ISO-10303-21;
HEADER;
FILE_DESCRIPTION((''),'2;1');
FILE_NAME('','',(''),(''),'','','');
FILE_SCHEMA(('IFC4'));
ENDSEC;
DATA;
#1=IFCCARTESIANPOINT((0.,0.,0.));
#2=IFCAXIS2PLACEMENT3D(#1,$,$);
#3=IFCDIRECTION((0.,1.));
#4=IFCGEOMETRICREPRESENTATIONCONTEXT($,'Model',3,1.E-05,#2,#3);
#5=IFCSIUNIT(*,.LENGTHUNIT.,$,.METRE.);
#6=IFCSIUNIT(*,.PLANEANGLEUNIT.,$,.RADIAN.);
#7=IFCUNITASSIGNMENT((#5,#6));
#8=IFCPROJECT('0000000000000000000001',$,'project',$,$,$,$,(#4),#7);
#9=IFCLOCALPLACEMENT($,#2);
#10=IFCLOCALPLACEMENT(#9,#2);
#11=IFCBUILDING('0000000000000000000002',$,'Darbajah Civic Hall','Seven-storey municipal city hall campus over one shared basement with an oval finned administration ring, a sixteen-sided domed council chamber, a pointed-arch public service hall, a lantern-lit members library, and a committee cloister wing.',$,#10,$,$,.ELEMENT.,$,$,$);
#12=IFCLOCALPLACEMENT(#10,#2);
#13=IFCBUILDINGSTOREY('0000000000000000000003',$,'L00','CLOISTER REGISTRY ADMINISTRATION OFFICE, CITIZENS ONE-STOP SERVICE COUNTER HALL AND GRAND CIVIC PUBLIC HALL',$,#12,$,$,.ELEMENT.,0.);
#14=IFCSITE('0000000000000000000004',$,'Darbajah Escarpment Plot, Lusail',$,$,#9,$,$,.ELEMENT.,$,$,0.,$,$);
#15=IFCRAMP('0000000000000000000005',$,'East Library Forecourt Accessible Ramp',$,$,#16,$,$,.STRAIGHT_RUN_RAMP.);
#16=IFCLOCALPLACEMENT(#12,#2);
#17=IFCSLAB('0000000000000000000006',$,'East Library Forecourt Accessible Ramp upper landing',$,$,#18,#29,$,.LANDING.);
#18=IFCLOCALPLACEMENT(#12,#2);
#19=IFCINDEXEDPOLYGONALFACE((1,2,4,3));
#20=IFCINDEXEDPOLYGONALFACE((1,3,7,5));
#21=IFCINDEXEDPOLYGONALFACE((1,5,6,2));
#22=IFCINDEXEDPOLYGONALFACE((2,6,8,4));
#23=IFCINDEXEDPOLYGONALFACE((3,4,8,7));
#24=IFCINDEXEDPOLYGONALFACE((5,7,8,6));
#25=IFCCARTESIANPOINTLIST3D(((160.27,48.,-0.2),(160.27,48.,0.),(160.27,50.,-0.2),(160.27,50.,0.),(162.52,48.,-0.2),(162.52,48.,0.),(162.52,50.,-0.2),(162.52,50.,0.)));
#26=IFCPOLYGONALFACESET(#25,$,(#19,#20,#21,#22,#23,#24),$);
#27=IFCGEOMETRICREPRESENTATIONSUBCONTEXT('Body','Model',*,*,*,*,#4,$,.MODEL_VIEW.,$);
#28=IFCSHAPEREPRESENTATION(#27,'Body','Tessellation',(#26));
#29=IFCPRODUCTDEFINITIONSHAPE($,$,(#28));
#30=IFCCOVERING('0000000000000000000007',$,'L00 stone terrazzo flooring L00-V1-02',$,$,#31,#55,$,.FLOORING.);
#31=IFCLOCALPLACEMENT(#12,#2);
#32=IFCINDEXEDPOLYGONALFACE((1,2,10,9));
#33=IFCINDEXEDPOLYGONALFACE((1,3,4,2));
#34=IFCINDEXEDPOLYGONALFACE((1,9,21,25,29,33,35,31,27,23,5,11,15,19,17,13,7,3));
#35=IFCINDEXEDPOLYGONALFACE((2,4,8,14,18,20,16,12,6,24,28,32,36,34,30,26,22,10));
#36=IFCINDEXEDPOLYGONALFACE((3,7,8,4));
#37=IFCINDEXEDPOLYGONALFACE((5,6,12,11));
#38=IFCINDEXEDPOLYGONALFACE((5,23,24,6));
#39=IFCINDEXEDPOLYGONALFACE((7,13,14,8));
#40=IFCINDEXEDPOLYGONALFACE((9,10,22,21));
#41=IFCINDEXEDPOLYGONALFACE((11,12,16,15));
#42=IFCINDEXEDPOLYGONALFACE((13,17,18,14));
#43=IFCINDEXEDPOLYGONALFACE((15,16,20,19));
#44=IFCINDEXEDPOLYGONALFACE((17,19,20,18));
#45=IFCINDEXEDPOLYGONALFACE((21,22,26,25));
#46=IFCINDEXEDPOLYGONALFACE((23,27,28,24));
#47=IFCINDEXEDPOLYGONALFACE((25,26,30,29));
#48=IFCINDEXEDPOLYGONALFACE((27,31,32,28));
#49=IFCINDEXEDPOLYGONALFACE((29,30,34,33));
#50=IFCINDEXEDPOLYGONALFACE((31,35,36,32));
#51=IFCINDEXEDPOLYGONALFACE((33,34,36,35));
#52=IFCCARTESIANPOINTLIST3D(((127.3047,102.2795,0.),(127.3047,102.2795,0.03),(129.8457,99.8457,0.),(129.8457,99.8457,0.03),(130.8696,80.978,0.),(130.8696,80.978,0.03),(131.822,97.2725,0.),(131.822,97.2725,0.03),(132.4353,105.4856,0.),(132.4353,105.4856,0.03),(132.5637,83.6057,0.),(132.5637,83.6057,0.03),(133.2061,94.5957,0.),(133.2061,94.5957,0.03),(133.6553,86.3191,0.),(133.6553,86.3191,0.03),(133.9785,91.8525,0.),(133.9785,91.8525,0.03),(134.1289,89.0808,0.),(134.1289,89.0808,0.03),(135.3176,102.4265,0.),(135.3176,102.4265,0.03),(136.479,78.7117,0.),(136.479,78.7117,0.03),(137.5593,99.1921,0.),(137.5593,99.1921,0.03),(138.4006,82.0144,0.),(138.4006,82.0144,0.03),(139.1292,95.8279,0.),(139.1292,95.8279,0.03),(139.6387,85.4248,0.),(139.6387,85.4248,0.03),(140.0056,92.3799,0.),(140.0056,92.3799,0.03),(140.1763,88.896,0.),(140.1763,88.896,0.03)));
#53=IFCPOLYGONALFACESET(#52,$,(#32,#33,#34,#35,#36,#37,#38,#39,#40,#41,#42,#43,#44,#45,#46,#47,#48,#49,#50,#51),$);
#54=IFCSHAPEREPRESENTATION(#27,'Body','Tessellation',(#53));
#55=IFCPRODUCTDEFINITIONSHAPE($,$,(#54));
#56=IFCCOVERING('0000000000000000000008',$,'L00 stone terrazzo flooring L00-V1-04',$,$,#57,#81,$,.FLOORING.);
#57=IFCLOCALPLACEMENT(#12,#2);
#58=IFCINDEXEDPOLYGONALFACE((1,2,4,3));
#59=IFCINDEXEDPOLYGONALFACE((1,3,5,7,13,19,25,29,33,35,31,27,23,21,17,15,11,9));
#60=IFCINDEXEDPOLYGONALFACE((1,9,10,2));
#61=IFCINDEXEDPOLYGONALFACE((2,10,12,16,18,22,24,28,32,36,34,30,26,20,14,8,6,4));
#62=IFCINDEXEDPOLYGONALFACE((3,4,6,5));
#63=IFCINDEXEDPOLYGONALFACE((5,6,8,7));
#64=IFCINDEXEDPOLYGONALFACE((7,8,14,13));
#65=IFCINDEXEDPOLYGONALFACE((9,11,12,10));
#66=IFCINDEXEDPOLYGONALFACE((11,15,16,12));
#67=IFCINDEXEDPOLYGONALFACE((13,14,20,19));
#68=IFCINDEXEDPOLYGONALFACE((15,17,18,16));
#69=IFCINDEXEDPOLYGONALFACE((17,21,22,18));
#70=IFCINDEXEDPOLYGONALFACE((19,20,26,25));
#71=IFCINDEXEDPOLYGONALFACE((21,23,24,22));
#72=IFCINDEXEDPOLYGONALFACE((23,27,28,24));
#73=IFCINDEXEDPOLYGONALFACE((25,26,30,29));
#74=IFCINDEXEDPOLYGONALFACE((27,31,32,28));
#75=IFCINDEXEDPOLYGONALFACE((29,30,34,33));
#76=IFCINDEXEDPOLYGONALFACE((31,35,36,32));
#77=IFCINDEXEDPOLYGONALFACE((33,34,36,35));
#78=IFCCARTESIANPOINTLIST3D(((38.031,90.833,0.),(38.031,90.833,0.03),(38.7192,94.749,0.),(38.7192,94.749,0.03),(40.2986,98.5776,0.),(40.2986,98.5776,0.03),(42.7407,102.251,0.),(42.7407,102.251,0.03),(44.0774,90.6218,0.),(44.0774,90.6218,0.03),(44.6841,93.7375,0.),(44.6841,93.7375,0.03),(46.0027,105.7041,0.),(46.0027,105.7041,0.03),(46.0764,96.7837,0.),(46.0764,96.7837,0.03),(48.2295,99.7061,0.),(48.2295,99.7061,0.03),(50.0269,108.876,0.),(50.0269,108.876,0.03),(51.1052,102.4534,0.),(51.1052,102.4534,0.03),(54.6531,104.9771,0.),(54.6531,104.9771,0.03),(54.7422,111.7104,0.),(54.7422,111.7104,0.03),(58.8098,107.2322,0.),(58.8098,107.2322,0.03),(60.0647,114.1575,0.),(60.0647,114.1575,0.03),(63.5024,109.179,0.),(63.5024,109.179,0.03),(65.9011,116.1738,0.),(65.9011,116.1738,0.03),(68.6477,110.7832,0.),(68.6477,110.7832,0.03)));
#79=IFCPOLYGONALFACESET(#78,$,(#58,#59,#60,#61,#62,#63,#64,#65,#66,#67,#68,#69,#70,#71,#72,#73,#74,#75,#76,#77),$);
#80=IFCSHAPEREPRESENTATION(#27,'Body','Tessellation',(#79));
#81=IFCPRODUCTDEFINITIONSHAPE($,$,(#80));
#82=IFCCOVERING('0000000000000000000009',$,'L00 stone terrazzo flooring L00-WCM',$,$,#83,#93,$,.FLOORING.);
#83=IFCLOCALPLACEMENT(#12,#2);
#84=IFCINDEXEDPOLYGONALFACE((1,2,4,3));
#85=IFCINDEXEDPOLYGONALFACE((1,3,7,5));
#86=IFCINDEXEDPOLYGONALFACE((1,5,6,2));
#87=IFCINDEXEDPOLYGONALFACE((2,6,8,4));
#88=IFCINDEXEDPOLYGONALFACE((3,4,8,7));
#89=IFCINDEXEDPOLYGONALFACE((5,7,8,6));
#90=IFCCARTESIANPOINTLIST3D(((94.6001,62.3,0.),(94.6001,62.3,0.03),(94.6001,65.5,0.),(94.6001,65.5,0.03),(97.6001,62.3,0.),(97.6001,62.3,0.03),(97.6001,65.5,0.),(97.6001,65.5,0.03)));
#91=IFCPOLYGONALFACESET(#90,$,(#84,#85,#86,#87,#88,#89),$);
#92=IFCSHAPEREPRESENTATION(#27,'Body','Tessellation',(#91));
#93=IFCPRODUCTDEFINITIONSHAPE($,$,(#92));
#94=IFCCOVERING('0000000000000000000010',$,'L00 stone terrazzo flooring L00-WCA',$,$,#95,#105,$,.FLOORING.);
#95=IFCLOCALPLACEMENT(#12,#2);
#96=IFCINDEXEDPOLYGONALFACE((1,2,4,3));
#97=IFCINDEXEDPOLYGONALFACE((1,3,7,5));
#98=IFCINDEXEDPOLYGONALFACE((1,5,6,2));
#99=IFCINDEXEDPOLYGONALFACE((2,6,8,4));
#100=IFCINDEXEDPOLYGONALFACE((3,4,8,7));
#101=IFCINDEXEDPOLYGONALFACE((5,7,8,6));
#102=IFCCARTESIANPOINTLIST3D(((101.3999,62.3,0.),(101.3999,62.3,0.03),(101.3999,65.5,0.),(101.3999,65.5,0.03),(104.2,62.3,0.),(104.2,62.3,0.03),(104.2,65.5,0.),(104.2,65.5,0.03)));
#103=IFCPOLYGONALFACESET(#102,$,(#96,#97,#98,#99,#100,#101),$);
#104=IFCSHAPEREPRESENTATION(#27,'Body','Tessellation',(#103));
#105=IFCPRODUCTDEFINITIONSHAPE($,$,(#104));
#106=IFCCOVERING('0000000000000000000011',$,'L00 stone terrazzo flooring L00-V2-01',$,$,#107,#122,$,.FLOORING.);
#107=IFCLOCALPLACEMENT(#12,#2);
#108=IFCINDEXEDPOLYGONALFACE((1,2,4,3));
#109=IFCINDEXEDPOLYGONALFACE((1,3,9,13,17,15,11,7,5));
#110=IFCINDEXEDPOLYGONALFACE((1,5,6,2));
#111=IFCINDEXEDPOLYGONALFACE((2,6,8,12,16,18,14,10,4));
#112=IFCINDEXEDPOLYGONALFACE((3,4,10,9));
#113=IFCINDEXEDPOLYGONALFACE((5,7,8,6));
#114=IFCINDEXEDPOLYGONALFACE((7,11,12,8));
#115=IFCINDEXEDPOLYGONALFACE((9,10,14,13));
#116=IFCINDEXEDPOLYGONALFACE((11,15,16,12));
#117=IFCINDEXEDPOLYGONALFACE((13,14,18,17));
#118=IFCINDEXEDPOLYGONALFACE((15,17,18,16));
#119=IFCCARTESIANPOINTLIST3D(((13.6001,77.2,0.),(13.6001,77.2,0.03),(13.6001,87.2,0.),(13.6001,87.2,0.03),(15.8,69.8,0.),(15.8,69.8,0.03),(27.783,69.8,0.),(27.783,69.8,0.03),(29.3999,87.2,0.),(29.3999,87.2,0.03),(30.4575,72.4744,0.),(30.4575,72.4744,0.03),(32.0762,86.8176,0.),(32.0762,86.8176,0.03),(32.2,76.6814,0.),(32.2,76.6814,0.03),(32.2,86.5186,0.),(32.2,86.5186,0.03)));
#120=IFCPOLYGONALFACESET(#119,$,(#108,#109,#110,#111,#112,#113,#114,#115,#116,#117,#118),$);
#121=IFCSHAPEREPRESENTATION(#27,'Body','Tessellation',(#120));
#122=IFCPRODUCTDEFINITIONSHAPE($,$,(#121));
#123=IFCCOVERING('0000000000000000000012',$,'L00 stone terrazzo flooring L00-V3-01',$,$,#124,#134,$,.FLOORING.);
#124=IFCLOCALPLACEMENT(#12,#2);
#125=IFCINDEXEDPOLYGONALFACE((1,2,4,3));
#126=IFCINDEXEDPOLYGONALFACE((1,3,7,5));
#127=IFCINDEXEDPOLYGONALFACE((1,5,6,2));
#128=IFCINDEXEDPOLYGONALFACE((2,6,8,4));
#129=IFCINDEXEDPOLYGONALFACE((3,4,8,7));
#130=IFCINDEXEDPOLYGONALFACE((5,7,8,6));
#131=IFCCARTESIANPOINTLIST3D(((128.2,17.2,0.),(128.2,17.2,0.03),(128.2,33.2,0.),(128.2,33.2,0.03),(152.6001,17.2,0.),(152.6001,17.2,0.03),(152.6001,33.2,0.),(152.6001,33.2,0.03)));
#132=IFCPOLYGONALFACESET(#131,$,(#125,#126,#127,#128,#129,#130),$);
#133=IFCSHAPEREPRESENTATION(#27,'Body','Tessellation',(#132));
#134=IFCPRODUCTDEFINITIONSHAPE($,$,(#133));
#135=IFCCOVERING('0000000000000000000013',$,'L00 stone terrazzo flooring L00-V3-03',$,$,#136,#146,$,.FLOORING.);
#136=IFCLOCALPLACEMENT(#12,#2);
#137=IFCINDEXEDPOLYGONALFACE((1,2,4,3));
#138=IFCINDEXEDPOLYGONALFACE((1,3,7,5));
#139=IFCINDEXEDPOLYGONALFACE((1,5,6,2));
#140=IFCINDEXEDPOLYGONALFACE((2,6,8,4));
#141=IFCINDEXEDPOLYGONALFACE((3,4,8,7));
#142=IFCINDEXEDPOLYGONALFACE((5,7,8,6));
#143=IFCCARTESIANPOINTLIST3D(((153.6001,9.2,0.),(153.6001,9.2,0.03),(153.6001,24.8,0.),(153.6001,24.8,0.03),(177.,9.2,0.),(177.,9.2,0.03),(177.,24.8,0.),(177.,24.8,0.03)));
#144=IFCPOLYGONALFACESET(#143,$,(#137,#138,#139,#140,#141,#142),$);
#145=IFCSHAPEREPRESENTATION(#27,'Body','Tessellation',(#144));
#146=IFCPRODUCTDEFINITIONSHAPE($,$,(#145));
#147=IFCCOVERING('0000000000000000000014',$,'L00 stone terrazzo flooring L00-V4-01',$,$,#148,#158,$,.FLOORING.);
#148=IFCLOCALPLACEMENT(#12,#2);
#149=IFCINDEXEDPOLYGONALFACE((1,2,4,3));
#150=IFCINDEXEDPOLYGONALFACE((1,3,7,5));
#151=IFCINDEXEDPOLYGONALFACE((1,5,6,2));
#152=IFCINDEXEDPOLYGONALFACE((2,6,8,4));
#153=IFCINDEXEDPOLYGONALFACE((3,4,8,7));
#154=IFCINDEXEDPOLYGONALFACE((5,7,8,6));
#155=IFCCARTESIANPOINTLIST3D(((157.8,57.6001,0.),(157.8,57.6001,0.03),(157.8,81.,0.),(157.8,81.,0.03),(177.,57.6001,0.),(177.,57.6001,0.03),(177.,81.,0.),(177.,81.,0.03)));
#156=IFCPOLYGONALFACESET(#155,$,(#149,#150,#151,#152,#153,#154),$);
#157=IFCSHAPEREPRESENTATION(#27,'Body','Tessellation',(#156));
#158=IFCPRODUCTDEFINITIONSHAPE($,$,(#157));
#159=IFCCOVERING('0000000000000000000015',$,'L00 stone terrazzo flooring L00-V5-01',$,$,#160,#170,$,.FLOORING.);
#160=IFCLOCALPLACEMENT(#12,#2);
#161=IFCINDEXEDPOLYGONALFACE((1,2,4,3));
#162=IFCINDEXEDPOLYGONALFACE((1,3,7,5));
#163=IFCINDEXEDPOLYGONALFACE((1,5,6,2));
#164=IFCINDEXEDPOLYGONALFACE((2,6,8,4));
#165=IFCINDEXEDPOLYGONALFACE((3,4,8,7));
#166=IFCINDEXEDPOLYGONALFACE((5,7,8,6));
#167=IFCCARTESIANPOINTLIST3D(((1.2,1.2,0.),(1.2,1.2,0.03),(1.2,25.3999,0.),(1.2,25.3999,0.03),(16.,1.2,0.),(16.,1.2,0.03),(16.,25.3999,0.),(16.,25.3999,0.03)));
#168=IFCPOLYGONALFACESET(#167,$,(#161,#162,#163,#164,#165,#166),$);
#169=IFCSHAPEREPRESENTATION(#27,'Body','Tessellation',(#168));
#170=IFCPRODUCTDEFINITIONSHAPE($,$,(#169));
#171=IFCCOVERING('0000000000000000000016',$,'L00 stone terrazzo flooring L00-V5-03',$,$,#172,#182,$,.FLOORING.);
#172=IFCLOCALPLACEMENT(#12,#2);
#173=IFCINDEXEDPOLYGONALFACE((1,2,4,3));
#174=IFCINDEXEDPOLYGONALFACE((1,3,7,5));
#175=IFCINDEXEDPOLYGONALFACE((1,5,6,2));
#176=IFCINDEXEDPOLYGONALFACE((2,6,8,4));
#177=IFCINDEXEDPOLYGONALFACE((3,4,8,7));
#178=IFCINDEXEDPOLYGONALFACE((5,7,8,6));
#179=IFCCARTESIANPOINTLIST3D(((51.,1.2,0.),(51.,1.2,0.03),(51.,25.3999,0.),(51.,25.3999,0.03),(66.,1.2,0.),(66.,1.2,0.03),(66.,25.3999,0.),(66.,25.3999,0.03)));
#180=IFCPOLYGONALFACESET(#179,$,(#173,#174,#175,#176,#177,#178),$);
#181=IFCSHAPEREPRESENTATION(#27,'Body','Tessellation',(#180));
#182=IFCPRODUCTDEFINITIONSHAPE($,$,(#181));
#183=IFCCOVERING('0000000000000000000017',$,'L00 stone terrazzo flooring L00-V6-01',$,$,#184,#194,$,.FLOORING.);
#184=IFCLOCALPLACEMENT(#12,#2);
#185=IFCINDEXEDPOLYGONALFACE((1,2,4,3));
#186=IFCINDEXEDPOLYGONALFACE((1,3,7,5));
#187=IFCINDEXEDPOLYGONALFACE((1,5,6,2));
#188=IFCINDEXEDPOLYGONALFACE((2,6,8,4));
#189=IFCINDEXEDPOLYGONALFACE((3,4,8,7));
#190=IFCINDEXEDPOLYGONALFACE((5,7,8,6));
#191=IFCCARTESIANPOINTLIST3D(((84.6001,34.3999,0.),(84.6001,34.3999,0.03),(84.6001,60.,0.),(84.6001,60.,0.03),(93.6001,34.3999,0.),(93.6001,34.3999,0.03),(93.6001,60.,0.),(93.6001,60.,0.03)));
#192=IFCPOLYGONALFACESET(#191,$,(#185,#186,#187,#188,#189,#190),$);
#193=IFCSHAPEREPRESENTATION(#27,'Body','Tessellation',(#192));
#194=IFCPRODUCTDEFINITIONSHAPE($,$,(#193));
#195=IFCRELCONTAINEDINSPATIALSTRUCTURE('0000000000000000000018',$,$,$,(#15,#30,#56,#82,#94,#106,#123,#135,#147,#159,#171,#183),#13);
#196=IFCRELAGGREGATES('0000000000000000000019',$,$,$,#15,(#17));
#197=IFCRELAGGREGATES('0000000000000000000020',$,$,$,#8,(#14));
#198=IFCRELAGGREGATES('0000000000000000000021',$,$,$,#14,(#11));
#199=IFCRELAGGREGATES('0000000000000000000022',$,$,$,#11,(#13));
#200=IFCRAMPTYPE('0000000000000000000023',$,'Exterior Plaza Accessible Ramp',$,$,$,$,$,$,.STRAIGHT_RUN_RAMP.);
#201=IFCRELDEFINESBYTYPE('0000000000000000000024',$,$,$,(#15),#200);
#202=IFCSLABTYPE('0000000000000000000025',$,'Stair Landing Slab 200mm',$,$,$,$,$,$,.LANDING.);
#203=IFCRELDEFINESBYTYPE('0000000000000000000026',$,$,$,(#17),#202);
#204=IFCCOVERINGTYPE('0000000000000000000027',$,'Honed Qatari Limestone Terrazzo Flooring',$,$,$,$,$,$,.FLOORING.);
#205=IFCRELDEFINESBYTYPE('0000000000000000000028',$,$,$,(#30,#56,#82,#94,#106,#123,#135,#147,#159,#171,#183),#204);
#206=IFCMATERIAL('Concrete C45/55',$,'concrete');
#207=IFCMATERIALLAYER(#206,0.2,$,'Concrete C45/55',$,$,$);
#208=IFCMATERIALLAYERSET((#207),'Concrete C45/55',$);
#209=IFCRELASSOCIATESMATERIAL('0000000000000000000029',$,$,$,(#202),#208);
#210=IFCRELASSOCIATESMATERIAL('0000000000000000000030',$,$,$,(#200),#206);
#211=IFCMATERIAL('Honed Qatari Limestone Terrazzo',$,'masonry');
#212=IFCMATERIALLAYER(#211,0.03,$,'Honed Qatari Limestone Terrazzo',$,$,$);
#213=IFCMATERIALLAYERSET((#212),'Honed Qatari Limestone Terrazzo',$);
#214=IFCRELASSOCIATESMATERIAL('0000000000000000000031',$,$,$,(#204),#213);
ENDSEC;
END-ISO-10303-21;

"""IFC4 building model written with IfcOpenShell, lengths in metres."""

from ifc_helpers import new_model, si_unit, direction, frame, origin, place, context, subcontext, project, spatial, polyline, outline, extrude, material, layer, layer_set, type_object, element, aggregate, save


model = new_model("IFC4")

# Units and contexts
model_context = context("Model", 3, precision=1e-05, world=origin(), true_north=direction((0.0, 1.0)))
body_context = subcontext(model_context, "Body", "Model", "MODEL_VIEW")
ifc_project = project(units=[si_unit("LENGTHUNIT", "METRE"), si_unit("PLANEANGLEUNIT", "RADIAN")], contexts=[model_context])

# Site, building, storey
site_placement = place(None, origin())
site = spatial("IfcSite", under=ifc_project, at=site_placement, Name="Darbajah Escarpment Plot, Lusail", CompositionType="ELEMENT", RefElevation=0.0)
building_placement = place(site_placement, origin())
building = spatial("IfcBuilding", under=site, at=building_placement, Name="Darbajah Civic Hall", Description="Seven-storey municipal city hall campus over one shared basement with an oval finned administration ring, a sixteen-sided domed council chamber, a pointed-arch public service hall, a lantern-lit members library, and a committee cloister wing.", CompositionType="ELEMENT")
storey_placement = place(building_placement, origin())
storey = spatial("IfcBuildingStorey", under=building, at=storey_placement, Name="L00", Description="CLOISTER REGISTRY ADMINISTRATION OFFICE, CITIZENS ONE-STOP SERVICE COUNTER HALL AND GRAND CIVIC PUBLIC HALL", CompositionType="ELEMENT", Elevation=0.0)

# Shared definitions
ifc_material_1 = material(Name="Concrete C45/55", Category="concrete")

# Shared definitions
ifc_layer_1 = layer(ifc_material_1, 0.2, Name="Concrete C45/55")
ifc_layer_set_1 = layer_set([ifc_layer_1], Name="Concrete C45/55")
slab_type = type_object("IfcSlabType", Name="Stair Landing Slab 200mm", PredefinedType="LANDING", material=ifc_layer_set_1)

# Ramp, slab
ramp_type = type_object("IfcRampType", Name="Exterior Plaza Accessible Ramp", PredefinedType="STRAIGHT_RUN_RAMP", material=ifc_material_1)
ramp_1_placement = place(storey_placement, origin())
ramp_1 = element("IfcRamp", 1, at=ramp_1_placement, inside=storey, type_object=ramp_type, Name="East Library Forecourt Accessible Ramp", PredefinedType="STRAIGHT_RUN_RAMP")
slab_1_placement = place(storey_placement, frame((0.0, 0.0, -0.2)))
slab_1 = element("IfcSlab", 2, at=slab_1_placement, type_object=slab_type, Name="East Library Forecourt Accessible Ramp upper landing", PredefinedType="LANDING", context=body_context, shape_type="SweptSolid", body=[
    extrude(outline(polyline([(160.27, 48.0), (162.52, 48.0), (162.52, 50.0), (160.27, 50.0), (160.27, 48.0)])), origin(), (0.0, 0.0, 1.0), 0.2),
])
aggregate(ramp_1, [slab_1])

# Coverings
ifc_material_2 = material(Name="Honed Qatari Limestone Terrazzo", Category="masonry")
ifc_layer_2 = layer(ifc_material_2, 0.03, Name="Honed Qatari Limestone Terrazzo")
ifc_layer_set_2 = layer_set([ifc_layer_2], Name="Honed Qatari Limestone Terrazzo")
covering_type_1 = type_object("IfcCoveringType", Name="Honed Qatari Limestone Terrazzo Flooring", PredefinedType="FLOORING", material=ifc_layer_set_2)
covering_1_placement = place(storey_placement, origin())
element("IfcCovering", 3, at=covering_1_placement, inside=storey, type_object=covering_type_1, Name="L00 stone terrazzo flooring L00-V1-02", PredefinedType="FLOORING", context=body_context, shape_type="SweptSolid", body=[
    extrude(outline(polyline([(136.479, 78.7117), (138.4006, 82.0144), (139.6387, 85.4248), (140.1763, 88.896), (140.0056, 92.3799), (139.1292, 95.8279), (137.5593, 99.1921), (135.3176, 102.4265), (132.4353, 105.4856), (127.3047, 102.2795), (129.8457, 99.8457), (131.822, 97.2725), (133.2061, 94.5957), (133.9785, 91.8525), (134.1289, 89.0808), (133.6553, 86.3191), (132.5637, 83.6057), (130.8696, 80.978), (136.479, 78.7117)])), origin(), (0.0, 0.0, 1.0), 0.03),
])
covering_2_placement = place(storey_placement, origin())
element("IfcCovering", 4, at=covering_2_placement, inside=storey, type_object=covering_type_1, Name="L00 stone terrazzo flooring L00-V1-04", PredefinedType="FLOORING", context=body_context, shape_type="SweptSolid", body=[
    extrude(outline(polyline([(65.9011, 116.1738), (60.0647, 114.1575), (54.7422, 111.7104), (50.0269, 108.876), (46.0027, 105.7041), (42.7407, 102.251), (40.2986, 98.5776), (38.7192, 94.749), (38.031, 90.833), (44.0774, 90.6218), (44.6841, 93.7375), (46.0764, 96.7837), (48.2295, 99.7061), (51.1052, 102.4534), (54.6531, 104.9771), (58.8098, 107.2322), (63.5024, 109.179), (68.6477, 110.7832), (65.9011, 116.1738)])), origin(), (0.0, 0.0, 1.0), 0.03),
])
covering_3_placement = place(storey_placement, origin())
element("IfcCovering", 5, at=covering_3_placement, inside=storey, type_object=covering_type_1, Name="L00 stone terrazzo flooring L00-WCM", PredefinedType="FLOORING", context=body_context, shape_type="SweptSolid", body=[
    extrude(outline(polyline([(94.6001, 62.3), (97.6001, 62.3), (97.6001, 65.5), (94.6001, 65.5), (94.6001, 62.3)])), origin(), (0.0, 0.0, 1.0), 0.03),
])
covering_4_placement = place(storey_placement, origin())
element("IfcCovering", 6, at=covering_4_placement, inside=storey, type_object=covering_type_1, Name="L00 stone terrazzo flooring L00-WCA", PredefinedType="FLOORING", context=body_context, shape_type="SweptSolid", body=[
    extrude(outline(polyline([(101.3999, 62.3), (104.2, 62.3), (104.2, 65.5), (101.3999, 65.5), (101.3999, 62.3)])), origin(), (0.0, 0.0, 1.0), 0.03),
])
covering_5_placement = place(storey_placement, origin())
element("IfcCovering", 7, at=covering_5_placement, inside=storey, type_object=covering_type_1, Name="L00 stone terrazzo flooring L00-V2-01", PredefinedType="FLOORING", context=body_context, shape_type="SweptSolid", body=[
    extrude(outline(polyline([(13.6001, 77.2), (13.6001, 87.2), (29.3999, 87.2), (32.0762, 86.8176), (32.2, 86.5186), (32.2, 76.6814), (30.4575, 72.4744), (27.783, 69.8), (15.8, 69.8), (13.6001, 77.2)])), origin(), (0.0, 0.0, 1.0), 0.03),
])
covering_6_placement = place(storey_placement, origin())
element("IfcCovering", 8, at=covering_6_placement, inside=storey, type_object=covering_type_1, Name="L00 stone terrazzo flooring L00-V3-01", PredefinedType="FLOORING", context=body_context, shape_type="SweptSolid", body=[
    extrude(outline(polyline([(128.2, 17.2), (152.6001, 17.2), (152.6001, 33.2), (128.2, 33.2), (128.2, 17.2)])), origin(), (0.0, 0.0, 1.0), 0.03),
])
covering_7_placement = place(storey_placement, origin())
element("IfcCovering", 9, at=covering_7_placement, inside=storey, type_object=covering_type_1, Name="L00 stone terrazzo flooring L00-V3-03", PredefinedType="FLOORING", context=body_context, shape_type="SweptSolid", body=[
    extrude(outline(polyline([(153.6001, 9.2), (177.0, 9.2), (177.0, 24.8), (153.6001, 24.8), (153.6001, 9.2)])), origin(), (0.0, 0.0, 1.0), 0.03),
])
covering_8_placement = place(storey_placement, origin())
element("IfcCovering", 10, at=covering_8_placement, inside=storey, type_object=covering_type_1, Name="L00 stone terrazzo flooring L00-V4-01", PredefinedType="FLOORING", context=body_context, shape_type="SweptSolid", body=[
    extrude(outline(polyline([(157.8, 57.6001), (177.0, 57.6001), (177.0, 81.0), (157.8, 81.0), (157.8, 57.6001)])), origin(), (0.0, 0.0, 1.0), 0.03),
])
covering_9_placement = place(storey_placement, origin())
element("IfcCovering", 11, at=covering_9_placement, inside=storey, type_object=covering_type_1, Name="L00 stone terrazzo flooring L00-V5-01", PredefinedType="FLOORING", context=body_context, shape_type="SweptSolid", body=[
    extrude(outline(polyline([(1.2, 1.2), (16.0, 1.2), (16.0, 25.3999), (1.2, 25.3999), (1.2, 1.2)])), origin(), (0.0, 0.0, 1.0), 0.03),
])
covering_10_placement = place(storey_placement, origin())
element("IfcCovering", 12, at=covering_10_placement, inside=storey, type_object=covering_type_1, Name="L00 stone terrazzo flooring L00-V5-03", PredefinedType="FLOORING", context=body_context, shape_type="SweptSolid", body=[
    extrude(outline(polyline([(51.0, 1.2), (66.0, 1.2), (66.0, 25.3999), (51.0, 25.3999), (51.0, 1.2)])), origin(), (0.0, 0.0, 1.0), 0.03),
])
covering_11_placement = place(storey_placement, origin())
element("IfcCovering", 13, at=covering_11_placement, inside=storey, type_object=covering_type_1, Name="L00 stone terrazzo flooring L00-V6-01", PredefinedType="FLOORING", context=body_context, shape_type="SweptSolid", body=[
    extrude(outline(polyline([(84.6001, 34.3999), (93.6001, 34.3999), (93.6001, 60.0), (84.6001, 60.0), (84.6001, 34.3999)])), origin(), (0.0, 0.0, 1.0), 0.03),
])

save(model, "model.ifc")
